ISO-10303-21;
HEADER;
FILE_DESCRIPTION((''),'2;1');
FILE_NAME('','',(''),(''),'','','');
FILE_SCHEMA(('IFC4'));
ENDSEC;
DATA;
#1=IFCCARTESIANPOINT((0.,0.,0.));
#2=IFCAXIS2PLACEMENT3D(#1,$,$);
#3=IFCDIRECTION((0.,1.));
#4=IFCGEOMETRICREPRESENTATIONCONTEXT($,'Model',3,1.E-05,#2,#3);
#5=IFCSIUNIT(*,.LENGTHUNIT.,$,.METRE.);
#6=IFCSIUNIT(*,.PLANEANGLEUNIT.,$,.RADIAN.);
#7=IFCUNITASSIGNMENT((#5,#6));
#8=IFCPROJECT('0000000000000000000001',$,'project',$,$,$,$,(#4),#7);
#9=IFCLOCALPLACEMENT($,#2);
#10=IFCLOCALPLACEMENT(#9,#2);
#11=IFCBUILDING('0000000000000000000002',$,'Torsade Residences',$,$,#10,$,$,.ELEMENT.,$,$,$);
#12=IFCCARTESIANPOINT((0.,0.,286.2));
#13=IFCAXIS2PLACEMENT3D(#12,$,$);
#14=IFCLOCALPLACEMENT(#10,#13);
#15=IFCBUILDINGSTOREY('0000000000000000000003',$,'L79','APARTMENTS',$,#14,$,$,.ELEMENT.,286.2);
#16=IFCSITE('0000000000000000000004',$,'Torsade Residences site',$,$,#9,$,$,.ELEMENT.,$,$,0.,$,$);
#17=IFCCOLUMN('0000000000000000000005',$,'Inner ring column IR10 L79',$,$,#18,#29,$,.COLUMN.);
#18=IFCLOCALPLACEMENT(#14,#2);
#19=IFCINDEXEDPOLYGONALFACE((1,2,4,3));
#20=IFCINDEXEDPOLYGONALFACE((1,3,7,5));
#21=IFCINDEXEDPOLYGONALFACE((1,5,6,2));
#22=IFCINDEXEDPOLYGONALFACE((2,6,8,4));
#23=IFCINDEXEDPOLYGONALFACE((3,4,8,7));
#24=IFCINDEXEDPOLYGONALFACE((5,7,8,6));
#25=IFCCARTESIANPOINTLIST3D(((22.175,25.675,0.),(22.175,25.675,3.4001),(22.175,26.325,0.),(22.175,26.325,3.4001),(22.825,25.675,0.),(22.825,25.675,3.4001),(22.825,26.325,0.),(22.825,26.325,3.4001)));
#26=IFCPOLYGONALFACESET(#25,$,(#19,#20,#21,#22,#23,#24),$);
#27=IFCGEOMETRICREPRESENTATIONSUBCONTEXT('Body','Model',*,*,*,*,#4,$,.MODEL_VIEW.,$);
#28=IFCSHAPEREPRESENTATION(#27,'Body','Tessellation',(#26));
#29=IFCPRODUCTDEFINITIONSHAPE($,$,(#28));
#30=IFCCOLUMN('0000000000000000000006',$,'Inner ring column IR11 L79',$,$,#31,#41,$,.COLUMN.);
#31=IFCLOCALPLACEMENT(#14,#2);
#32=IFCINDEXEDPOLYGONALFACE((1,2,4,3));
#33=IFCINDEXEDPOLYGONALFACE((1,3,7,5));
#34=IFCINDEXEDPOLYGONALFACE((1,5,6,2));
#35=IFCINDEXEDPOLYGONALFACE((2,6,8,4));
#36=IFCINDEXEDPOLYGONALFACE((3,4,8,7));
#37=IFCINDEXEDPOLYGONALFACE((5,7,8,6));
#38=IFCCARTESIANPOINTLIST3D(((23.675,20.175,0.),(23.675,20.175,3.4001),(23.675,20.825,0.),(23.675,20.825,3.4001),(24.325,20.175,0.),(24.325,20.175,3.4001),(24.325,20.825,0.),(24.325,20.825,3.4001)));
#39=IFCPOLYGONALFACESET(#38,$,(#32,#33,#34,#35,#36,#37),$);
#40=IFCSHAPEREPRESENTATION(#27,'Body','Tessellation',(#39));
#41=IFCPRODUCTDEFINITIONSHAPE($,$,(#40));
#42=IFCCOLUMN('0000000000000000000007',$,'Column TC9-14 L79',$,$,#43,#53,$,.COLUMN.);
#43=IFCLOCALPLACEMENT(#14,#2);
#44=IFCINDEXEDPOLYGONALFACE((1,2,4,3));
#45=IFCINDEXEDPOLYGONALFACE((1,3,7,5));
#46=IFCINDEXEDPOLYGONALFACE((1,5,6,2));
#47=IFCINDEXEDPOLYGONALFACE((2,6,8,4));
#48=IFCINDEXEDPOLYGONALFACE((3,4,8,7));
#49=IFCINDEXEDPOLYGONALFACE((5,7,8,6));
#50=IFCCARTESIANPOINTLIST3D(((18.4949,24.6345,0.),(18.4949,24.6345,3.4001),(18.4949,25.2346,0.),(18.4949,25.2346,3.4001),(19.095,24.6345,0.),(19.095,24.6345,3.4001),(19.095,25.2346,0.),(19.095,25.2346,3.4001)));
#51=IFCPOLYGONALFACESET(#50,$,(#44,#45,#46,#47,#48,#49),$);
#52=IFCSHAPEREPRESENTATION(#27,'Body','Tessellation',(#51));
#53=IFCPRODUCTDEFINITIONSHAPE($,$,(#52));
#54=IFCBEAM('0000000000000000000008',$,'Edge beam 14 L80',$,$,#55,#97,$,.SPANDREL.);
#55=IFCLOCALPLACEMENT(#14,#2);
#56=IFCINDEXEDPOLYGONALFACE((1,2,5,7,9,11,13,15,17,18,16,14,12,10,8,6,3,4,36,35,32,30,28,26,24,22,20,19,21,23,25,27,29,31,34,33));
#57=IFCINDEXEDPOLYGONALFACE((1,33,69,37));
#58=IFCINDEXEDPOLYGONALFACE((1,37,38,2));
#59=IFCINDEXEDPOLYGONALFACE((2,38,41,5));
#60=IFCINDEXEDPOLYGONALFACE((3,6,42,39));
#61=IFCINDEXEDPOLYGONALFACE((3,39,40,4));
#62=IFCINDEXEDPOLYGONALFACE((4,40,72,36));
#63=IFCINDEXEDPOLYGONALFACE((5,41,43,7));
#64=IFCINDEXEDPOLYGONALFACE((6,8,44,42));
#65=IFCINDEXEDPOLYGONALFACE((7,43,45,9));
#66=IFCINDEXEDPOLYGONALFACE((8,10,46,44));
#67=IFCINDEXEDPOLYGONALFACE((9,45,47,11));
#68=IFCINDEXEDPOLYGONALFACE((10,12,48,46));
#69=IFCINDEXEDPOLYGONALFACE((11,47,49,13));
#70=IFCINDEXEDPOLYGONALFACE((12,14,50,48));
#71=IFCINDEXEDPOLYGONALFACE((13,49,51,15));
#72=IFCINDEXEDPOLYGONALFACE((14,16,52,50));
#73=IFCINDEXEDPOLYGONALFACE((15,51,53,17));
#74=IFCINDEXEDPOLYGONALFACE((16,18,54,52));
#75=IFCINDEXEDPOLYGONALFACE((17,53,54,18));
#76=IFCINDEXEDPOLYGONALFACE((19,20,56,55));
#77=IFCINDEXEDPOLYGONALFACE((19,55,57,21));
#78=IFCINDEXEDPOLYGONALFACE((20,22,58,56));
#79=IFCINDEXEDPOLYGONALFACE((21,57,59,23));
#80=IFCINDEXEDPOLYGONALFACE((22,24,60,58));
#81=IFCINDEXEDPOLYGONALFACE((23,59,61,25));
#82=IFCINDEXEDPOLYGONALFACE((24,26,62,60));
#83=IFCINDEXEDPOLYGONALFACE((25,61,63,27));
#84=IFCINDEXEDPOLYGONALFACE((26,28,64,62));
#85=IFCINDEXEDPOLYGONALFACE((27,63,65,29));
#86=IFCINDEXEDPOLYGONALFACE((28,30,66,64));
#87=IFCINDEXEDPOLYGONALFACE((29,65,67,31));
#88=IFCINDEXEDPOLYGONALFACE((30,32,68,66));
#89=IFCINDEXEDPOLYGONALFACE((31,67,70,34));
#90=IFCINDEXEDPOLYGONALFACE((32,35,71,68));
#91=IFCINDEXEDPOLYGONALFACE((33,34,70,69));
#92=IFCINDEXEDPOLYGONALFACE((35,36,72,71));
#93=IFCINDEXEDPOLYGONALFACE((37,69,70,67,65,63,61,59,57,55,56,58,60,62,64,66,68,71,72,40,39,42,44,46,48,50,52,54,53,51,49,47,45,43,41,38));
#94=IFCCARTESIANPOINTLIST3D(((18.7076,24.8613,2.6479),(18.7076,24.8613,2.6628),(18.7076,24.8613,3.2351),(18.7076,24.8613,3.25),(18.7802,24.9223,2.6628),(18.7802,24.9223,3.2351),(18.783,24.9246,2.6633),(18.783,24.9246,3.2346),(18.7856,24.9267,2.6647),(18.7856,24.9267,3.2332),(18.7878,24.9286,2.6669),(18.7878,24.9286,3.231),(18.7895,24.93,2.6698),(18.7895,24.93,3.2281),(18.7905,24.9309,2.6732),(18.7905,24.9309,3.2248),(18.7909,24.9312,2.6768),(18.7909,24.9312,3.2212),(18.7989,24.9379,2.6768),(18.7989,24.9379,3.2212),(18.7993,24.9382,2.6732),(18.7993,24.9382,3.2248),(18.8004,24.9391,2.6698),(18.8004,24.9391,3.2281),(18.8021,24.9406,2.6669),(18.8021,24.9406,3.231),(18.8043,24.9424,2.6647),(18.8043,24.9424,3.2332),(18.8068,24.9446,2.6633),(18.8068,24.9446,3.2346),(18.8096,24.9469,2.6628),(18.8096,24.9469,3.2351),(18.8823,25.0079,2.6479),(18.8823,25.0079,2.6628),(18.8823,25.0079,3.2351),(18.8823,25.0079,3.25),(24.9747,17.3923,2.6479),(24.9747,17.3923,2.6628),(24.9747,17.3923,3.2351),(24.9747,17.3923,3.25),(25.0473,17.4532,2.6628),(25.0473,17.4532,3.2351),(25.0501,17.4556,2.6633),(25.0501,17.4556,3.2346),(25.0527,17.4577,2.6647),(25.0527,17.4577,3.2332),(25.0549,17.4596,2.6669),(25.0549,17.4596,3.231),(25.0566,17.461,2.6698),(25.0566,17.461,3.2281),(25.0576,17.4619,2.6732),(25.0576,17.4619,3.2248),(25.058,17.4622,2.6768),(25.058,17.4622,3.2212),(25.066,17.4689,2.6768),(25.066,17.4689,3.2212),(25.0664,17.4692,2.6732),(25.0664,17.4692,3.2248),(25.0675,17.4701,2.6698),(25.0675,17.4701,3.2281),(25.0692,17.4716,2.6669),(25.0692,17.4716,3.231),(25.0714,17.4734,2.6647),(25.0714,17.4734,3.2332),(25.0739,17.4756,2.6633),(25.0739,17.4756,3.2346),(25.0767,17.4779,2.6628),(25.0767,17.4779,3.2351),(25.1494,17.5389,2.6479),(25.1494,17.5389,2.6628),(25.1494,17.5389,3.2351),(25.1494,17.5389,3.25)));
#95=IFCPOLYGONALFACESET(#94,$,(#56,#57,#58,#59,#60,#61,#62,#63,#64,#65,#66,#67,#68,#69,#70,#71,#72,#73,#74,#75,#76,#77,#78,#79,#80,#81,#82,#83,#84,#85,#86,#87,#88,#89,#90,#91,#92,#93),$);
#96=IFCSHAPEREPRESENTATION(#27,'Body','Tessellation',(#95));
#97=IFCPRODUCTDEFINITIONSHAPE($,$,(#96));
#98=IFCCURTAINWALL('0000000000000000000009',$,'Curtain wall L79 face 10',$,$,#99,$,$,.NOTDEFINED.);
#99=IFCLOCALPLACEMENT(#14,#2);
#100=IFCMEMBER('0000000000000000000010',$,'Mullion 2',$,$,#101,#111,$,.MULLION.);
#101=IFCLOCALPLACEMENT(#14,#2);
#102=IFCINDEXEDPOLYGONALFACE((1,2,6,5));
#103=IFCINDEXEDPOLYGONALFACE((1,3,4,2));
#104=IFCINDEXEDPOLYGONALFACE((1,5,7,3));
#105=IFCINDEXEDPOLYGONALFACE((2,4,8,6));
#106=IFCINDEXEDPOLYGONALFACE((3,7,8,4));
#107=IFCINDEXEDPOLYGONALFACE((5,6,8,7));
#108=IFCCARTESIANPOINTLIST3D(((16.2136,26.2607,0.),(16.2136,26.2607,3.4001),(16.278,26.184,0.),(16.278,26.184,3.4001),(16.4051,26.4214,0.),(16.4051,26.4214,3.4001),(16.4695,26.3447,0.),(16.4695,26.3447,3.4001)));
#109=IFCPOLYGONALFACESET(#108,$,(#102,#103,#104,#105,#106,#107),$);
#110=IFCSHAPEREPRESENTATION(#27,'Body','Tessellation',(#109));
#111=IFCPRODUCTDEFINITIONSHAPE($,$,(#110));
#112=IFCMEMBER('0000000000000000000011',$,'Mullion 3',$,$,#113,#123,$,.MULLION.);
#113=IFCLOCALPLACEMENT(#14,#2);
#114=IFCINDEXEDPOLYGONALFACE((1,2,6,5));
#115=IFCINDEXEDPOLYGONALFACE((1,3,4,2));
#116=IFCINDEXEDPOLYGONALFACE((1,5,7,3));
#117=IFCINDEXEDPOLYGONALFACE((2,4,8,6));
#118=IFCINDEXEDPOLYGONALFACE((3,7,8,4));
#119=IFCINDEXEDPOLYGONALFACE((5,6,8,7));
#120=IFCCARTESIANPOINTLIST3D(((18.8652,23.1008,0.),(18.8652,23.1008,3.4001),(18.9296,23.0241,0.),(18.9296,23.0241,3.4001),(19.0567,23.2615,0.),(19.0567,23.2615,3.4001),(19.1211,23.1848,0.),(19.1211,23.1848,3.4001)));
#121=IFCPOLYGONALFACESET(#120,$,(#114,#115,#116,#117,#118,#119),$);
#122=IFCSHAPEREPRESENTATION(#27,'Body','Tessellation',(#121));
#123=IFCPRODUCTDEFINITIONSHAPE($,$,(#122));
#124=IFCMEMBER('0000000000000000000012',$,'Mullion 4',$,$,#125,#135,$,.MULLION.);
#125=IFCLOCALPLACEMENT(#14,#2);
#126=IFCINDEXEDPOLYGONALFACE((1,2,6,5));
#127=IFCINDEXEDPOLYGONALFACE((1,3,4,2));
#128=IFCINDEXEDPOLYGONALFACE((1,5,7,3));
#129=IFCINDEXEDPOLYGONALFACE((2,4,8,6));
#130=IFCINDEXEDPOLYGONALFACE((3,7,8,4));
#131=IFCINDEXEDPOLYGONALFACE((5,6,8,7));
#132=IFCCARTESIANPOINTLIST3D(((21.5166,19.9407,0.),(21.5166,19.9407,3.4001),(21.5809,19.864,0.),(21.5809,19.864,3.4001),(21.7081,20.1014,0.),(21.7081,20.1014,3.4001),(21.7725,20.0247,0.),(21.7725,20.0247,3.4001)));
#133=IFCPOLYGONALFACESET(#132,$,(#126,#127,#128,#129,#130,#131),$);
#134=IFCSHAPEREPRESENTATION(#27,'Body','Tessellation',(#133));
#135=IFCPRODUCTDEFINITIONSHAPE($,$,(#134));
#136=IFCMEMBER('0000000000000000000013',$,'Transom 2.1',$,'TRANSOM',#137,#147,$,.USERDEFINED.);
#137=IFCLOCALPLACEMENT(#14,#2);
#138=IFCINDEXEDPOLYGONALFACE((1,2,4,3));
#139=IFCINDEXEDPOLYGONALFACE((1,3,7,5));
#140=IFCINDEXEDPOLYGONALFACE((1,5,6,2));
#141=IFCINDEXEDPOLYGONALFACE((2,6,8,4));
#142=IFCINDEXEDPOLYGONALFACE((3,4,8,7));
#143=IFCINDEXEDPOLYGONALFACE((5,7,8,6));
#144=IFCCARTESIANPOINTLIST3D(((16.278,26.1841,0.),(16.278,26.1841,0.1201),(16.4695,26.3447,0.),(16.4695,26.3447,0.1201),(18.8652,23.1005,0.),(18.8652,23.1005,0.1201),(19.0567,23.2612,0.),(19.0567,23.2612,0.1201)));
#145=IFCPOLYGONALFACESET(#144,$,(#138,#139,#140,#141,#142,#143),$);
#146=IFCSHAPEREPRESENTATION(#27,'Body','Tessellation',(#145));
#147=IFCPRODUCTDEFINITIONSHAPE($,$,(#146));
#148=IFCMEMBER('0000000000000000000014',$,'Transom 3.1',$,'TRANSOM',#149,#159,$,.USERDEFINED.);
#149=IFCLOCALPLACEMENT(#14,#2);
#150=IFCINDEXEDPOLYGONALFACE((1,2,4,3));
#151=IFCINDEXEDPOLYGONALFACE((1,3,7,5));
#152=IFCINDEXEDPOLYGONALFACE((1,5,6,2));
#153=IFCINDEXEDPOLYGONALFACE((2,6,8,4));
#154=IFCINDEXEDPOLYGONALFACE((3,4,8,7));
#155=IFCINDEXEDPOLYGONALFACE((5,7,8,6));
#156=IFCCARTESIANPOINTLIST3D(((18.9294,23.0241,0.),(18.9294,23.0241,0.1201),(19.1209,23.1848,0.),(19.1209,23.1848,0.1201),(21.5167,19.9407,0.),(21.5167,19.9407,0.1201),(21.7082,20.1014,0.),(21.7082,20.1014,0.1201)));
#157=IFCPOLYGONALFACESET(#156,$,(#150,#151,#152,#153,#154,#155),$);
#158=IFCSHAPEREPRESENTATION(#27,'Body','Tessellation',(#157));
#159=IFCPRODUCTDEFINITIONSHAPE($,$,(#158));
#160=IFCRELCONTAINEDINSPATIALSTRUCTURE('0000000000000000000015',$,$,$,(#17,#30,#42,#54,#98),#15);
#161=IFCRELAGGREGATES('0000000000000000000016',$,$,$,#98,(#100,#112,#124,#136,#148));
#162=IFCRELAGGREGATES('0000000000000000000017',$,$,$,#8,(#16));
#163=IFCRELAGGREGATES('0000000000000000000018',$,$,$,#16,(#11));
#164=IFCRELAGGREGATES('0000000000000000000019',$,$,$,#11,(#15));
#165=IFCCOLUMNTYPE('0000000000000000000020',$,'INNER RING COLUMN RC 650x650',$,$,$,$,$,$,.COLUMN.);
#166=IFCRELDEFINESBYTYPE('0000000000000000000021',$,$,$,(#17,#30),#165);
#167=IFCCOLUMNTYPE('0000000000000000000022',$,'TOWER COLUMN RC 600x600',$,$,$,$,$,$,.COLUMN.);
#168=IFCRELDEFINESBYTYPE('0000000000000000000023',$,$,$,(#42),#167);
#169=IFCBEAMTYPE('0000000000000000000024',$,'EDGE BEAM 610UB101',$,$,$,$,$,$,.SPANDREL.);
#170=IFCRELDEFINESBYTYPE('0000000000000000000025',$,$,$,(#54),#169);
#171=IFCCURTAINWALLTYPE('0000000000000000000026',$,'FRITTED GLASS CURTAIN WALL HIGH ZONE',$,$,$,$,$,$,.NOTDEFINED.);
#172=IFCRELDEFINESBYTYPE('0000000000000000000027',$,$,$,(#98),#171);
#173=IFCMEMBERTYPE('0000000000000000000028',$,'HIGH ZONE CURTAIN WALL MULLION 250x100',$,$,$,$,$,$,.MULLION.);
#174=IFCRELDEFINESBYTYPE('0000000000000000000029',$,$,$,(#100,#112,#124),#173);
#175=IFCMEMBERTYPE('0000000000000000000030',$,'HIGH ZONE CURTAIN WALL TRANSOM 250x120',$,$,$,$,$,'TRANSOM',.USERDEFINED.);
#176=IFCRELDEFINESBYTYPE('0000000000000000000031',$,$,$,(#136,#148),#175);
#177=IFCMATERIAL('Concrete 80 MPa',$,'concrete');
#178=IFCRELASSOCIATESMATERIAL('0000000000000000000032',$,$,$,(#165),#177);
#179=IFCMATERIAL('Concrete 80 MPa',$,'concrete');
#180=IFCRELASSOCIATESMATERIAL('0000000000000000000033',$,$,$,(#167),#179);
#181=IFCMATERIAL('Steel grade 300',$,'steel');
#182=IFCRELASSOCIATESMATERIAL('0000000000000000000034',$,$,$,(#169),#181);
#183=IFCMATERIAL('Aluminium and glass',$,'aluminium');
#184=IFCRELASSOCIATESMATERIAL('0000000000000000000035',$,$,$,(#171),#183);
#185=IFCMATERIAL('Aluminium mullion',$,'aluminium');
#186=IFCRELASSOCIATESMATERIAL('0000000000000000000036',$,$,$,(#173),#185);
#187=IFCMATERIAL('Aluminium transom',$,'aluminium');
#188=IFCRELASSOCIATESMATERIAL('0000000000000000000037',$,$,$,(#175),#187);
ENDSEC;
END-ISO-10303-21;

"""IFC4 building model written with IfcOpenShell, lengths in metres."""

from ifc_helpers import new_model, si_unit, direction, frame, origin, origin_2d, place, context, subcontext, project, spatial, rectangle, i_section, extrude, material, material_profile, profile_set, type_object, element, aggregate, save


model = new_model("IFC4")

# Units and contexts
model_context = context("Model", 3, precision=1e-05, world=origin(), true_north=direction((0.0, 1.0)))
body_context = subcontext(model_context, "Body", "Model", "MODEL_VIEW")
ifc_project = project(units=[si_unit("LENGTHUNIT", "METRE"), si_unit("PLANEANGLEUNIT", "RADIAN")], contexts=[model_context])

# Site, building, storey
site_placement = place(None, origin())
site = spatial("IfcSite", under=ifc_project, at=site_placement, Name="Torsade Residences site", CompositionType="ELEMENT", RefElevation=0.0)
building_placement = place(site_placement, origin())
building = spatial("IfcBuilding", under=site, at=building_placement, Name="Torsade Residences", CompositionType="ELEMENT")
storey_placement = place(building_placement, frame((0.0, 0.0, 286.2)))
storey = spatial("IfcBuildingStorey", under=building, at=storey_placement, Name="L79", Description="APARTMENTS", CompositionType="ELEMENT", Elevation=286.2)

# Columns
ifc_material_1 = material(Name="Concrete 80 MPa", Category="concrete")
ifc_material_profile_1 = material_profile(ifc_material_1, rectangle(XDim=0.6499, YDim=0.6499, at=origin_2d()), Name="RC 650x650")
ifc_profile_set_1 = profile_set([ifc_material_profile_1], Name="Concrete 80 MPa")
column_type_1 = type_object("IfcColumnType", Name="INNER RING COLUMN RC 650x650", PredefinedType="COLUMN", material=ifc_profile_set_1)
for number, where, z_axis, x_axis, name in (
    (1, (22.5, 26.0, 0.0), (0.0, 0.0, 1.0), (1.0, 0.0, 0.0), "Inner ring column IR10 L79"),
    (2, (24.0, 20.5, 0.0), (0.0, 0.0, 1.0), (1.0, 0.0, 0.0), "Inner ring column IR11 L79"),
):
    element("IfcColumn", number, at=place(storey_placement, frame(where, z_axis=z_axis, x_axis=x_axis)), inside=storey, type_object=column_type_1, Name=name, PredefinedType="COLUMN", context=body_context, shape_type="SweptSolid", body=[
        extrude(rectangle(XDim=0.6499, YDim=0.6499, at=origin_2d()), origin(), (0.0, 0.0, 1.0), 3.4001),
    ])
ifc_material_2 = material(Name="Concrete 80 MPa", Category="concrete")
ifc_material_profile_2 = material_profile(ifc_material_2, rectangle(XDim=0.6001, YDim=0.6001, at=origin_2d()), Name="RC 600x600")
ifc_profile_set_2 = profile_set([ifc_material_profile_2], Name="Concrete 80 MPa")
column_type_2 = type_object("IfcColumnType", Name="TOWER COLUMN RC 600x600", PredefinedType="COLUMN", material=ifc_profile_set_2)
column_placement = place(storey_placement, frame((18.7949, 24.9346, 0.0), z_axis=(0.0, 0.0, 1.0), x_axis=(1.0, 0.0, 0.0)))
element("IfcColumn", 3, at=column_placement, inside=storey, type_object=column_type_2, Name="Column TC9-14 L79", PredefinedType="COLUMN", context=body_context, shape_type="SweptSolid", body=[
    extrude(rectangle(XDim=0.6001, YDim=0.6001, at=origin_2d()), origin(), (0.0, 0.0, 1.0), 3.4001),
])

# Beam
ifc_material_3 = material(Name="Steel grade 300", Category="steel")
ifc_material_profile_3 = material_profile(ifc_material_3, i_section(OverallWidth=0.228, OverallDepth=0.6021, WebThickness=0.0105, FlangeThickness=0.0149, FilletRadius=0.0139, at=origin_2d()), Name="610UB101")
ifc_profile_set_3 = profile_set([ifc_material_profile_3], Name="Steel grade 300")
beam_type_1 = type_object("IfcBeamType", Name="EDGE BEAM 610UB101", PredefinedType="SPANDREL", material=ifc_profile_set_3)
beam_1_placement = place(storey_placement, frame((18.7949, 24.9346, 2.949), z_axis=(0.642779, -0.766052, 0.0), x_axis=(0.766052, 0.642779, 0.0)))
element("IfcBeam", 4, at=beam_1_placement, inside=storey, type_object=beam_type_1, Name="Edge beam 14 L80", PredefinedType="SPANDREL", context=body_context, shape_type="SweptSolid", body=[
    extrude(i_section(OverallWidth=0.228, OverallDepth=0.6021, WebThickness=0.0105, FlangeThickness=0.0149, FilletRadius=0.0139, at=origin_2d()), origin(), (0.0, 0.0, 1.0), 9.75),
])

# Curtain wall, members
ifc_material_4 = material(Name="Aluminium and glass", Category="aluminium")
curtain_wall_type = type_object("IfcCurtainWallType", Name="FRITTED GLASS CURTAIN WALL HIGH ZONE", PredefinedType="NOTDEFINED", material=ifc_material_4)
curtain_wall_placement = place(storey_placement, origin())
curtain_wall = element("IfcCurtainWall", 5, at=curtain_wall_placement, inside=storey, type_object=curtain_wall_type, Name="Curtain wall L79 face 10", PredefinedType="NOTDEFINED")
ifc_material_5 = material(Name="Aluminium mullion", Category="aluminium")
ifc_material_profile_4 = material_profile(ifc_material_5, rectangle(XDim=0.25, YDim=0.1001, at=origin_2d()), Name="HIGH ZONE CURTAIN WALL MULLION 250x100")
ifc_profile_set_4 = profile_set([ifc_material_profile_4], Name="Aluminium mullion")
member_type_1 = type_object("IfcMemberType", Name="HIGH ZONE CURTAIN WALL MULLION 250x100", PredefinedType="MULLION", material=ifc_profile_set_4)
member_1_placement = place(storey_placement, frame((16.3416, 26.3027, 0.0), z_axis=(0.0, 0.0, 1.0), x_axis=(0.766044, 0.642788, 0.0)))
member_1 = element("IfcMember", 6, at=member_1_placement, type_object=member_type_1, Name="Mullion 2", PredefinedType="MULLION", context=body_context, shape_type="SweptSolid", body=[
    extrude(rectangle(XDim=0.25, YDim=0.1001, at=origin_2d()), origin(), (0.0, 0.0, 1.0), 3.4001),
])
member_2_placement = place(storey_placement, frame((18.9932, 23.1428, 0.0), z_axis=(0.0, 0.0, 1.0), x_axis=(0.766044, 0.642788, 0.0)))
member_2 = element("IfcMember", 7, at=member_2_placement, type_object=member_type_1, Name="Mullion 3", PredefinedType="MULLION", context=body_context, shape_type="SweptSolid", body=[
    extrude(rectangle(XDim=0.25, YDim=0.1001, at=origin_2d()), origin(), (0.0, 0.0, 1.0), 3.4001),
])
member_3_placement = place(storey_placement, frame((21.6445, 19.9827, 0.0), z_axis=(0.0, 0.0, 1.0), x_axis=(0.766044, 0.642788, 0.0)))
member_3 = element("IfcMember", 8, at=member_3_placement, type_object=member_type_1, Name="Mullion 4", PredefinedType="MULLION", context=body_context, shape_type="SweptSolid", body=[
    extrude(rectangle(XDim=0.25, YDim=0.1001, at=origin_2d()), origin(), (0.0, 0.0, 1.0), 3.4001),
])
ifc_material_6 = material(Name="Aluminium transom", Category="aluminium")
ifc_material_profile_5 = material_profile(ifc_material_6, rectangle(XDim=0.25, YDim=0.1201, at=origin_2d()), Name="HIGH ZONE CURTAIN WALL TRANSOM 250x120")
ifc_profile_set_5 = profile_set([ifc_material_profile_5], Name="Aluminium transom")
member_type_2 = type_object("IfcMemberType", Name="HIGH ZONE CURTAIN WALL TRANSOM 250x120", ElementType="TRANSOM", PredefinedType="USERDEFINED", material=ifc_profile_set_5)
member_4_placement = place(storey_placement, frame((16.3738, 26.2644, 0.0601), z_axis=(0.642758, -0.766069, 0.0), x_axis=(0.766069, 0.642758, 0.0)))
member_4 = element("IfcMember", 9, at=member_4_placement, type_object=member_type_2, Name="Transom 2.1", ObjectType="TRANSOM", PredefinedType="USERDEFINED", context=body_context, shape_type="SweptSolid", body=[
    extrude(rectangle(XDim=0.25, YDim=0.1201, at=origin_2d()), origin(), (0.0, 0.0, 1.0), 4.0251),
])
member_5_placement = place(storey_placement, frame((19.0251, 23.1045, 0.0601), z_axis=(0.642794, -0.766039, 0.0), x_axis=(0.766039, 0.642794, 0.0)))
member_5 = element("IfcMember", 10, at=member_5_placement, type_object=member_type_2, Name="Transom 3.1", ObjectType="TRANSOM", PredefinedType="USERDEFINED", context=body_context, shape_type="SweptSolid", body=[
    extrude(rectangle(XDim=0.25, YDim=0.1201, at=origin_2d()), origin(), (0.0, 0.0, 1.0), 4.0251),
])

aggregate(curtain_wall, [member_1, member_2, member_3, member_4, member_5])

save(model, "model.ifc")
